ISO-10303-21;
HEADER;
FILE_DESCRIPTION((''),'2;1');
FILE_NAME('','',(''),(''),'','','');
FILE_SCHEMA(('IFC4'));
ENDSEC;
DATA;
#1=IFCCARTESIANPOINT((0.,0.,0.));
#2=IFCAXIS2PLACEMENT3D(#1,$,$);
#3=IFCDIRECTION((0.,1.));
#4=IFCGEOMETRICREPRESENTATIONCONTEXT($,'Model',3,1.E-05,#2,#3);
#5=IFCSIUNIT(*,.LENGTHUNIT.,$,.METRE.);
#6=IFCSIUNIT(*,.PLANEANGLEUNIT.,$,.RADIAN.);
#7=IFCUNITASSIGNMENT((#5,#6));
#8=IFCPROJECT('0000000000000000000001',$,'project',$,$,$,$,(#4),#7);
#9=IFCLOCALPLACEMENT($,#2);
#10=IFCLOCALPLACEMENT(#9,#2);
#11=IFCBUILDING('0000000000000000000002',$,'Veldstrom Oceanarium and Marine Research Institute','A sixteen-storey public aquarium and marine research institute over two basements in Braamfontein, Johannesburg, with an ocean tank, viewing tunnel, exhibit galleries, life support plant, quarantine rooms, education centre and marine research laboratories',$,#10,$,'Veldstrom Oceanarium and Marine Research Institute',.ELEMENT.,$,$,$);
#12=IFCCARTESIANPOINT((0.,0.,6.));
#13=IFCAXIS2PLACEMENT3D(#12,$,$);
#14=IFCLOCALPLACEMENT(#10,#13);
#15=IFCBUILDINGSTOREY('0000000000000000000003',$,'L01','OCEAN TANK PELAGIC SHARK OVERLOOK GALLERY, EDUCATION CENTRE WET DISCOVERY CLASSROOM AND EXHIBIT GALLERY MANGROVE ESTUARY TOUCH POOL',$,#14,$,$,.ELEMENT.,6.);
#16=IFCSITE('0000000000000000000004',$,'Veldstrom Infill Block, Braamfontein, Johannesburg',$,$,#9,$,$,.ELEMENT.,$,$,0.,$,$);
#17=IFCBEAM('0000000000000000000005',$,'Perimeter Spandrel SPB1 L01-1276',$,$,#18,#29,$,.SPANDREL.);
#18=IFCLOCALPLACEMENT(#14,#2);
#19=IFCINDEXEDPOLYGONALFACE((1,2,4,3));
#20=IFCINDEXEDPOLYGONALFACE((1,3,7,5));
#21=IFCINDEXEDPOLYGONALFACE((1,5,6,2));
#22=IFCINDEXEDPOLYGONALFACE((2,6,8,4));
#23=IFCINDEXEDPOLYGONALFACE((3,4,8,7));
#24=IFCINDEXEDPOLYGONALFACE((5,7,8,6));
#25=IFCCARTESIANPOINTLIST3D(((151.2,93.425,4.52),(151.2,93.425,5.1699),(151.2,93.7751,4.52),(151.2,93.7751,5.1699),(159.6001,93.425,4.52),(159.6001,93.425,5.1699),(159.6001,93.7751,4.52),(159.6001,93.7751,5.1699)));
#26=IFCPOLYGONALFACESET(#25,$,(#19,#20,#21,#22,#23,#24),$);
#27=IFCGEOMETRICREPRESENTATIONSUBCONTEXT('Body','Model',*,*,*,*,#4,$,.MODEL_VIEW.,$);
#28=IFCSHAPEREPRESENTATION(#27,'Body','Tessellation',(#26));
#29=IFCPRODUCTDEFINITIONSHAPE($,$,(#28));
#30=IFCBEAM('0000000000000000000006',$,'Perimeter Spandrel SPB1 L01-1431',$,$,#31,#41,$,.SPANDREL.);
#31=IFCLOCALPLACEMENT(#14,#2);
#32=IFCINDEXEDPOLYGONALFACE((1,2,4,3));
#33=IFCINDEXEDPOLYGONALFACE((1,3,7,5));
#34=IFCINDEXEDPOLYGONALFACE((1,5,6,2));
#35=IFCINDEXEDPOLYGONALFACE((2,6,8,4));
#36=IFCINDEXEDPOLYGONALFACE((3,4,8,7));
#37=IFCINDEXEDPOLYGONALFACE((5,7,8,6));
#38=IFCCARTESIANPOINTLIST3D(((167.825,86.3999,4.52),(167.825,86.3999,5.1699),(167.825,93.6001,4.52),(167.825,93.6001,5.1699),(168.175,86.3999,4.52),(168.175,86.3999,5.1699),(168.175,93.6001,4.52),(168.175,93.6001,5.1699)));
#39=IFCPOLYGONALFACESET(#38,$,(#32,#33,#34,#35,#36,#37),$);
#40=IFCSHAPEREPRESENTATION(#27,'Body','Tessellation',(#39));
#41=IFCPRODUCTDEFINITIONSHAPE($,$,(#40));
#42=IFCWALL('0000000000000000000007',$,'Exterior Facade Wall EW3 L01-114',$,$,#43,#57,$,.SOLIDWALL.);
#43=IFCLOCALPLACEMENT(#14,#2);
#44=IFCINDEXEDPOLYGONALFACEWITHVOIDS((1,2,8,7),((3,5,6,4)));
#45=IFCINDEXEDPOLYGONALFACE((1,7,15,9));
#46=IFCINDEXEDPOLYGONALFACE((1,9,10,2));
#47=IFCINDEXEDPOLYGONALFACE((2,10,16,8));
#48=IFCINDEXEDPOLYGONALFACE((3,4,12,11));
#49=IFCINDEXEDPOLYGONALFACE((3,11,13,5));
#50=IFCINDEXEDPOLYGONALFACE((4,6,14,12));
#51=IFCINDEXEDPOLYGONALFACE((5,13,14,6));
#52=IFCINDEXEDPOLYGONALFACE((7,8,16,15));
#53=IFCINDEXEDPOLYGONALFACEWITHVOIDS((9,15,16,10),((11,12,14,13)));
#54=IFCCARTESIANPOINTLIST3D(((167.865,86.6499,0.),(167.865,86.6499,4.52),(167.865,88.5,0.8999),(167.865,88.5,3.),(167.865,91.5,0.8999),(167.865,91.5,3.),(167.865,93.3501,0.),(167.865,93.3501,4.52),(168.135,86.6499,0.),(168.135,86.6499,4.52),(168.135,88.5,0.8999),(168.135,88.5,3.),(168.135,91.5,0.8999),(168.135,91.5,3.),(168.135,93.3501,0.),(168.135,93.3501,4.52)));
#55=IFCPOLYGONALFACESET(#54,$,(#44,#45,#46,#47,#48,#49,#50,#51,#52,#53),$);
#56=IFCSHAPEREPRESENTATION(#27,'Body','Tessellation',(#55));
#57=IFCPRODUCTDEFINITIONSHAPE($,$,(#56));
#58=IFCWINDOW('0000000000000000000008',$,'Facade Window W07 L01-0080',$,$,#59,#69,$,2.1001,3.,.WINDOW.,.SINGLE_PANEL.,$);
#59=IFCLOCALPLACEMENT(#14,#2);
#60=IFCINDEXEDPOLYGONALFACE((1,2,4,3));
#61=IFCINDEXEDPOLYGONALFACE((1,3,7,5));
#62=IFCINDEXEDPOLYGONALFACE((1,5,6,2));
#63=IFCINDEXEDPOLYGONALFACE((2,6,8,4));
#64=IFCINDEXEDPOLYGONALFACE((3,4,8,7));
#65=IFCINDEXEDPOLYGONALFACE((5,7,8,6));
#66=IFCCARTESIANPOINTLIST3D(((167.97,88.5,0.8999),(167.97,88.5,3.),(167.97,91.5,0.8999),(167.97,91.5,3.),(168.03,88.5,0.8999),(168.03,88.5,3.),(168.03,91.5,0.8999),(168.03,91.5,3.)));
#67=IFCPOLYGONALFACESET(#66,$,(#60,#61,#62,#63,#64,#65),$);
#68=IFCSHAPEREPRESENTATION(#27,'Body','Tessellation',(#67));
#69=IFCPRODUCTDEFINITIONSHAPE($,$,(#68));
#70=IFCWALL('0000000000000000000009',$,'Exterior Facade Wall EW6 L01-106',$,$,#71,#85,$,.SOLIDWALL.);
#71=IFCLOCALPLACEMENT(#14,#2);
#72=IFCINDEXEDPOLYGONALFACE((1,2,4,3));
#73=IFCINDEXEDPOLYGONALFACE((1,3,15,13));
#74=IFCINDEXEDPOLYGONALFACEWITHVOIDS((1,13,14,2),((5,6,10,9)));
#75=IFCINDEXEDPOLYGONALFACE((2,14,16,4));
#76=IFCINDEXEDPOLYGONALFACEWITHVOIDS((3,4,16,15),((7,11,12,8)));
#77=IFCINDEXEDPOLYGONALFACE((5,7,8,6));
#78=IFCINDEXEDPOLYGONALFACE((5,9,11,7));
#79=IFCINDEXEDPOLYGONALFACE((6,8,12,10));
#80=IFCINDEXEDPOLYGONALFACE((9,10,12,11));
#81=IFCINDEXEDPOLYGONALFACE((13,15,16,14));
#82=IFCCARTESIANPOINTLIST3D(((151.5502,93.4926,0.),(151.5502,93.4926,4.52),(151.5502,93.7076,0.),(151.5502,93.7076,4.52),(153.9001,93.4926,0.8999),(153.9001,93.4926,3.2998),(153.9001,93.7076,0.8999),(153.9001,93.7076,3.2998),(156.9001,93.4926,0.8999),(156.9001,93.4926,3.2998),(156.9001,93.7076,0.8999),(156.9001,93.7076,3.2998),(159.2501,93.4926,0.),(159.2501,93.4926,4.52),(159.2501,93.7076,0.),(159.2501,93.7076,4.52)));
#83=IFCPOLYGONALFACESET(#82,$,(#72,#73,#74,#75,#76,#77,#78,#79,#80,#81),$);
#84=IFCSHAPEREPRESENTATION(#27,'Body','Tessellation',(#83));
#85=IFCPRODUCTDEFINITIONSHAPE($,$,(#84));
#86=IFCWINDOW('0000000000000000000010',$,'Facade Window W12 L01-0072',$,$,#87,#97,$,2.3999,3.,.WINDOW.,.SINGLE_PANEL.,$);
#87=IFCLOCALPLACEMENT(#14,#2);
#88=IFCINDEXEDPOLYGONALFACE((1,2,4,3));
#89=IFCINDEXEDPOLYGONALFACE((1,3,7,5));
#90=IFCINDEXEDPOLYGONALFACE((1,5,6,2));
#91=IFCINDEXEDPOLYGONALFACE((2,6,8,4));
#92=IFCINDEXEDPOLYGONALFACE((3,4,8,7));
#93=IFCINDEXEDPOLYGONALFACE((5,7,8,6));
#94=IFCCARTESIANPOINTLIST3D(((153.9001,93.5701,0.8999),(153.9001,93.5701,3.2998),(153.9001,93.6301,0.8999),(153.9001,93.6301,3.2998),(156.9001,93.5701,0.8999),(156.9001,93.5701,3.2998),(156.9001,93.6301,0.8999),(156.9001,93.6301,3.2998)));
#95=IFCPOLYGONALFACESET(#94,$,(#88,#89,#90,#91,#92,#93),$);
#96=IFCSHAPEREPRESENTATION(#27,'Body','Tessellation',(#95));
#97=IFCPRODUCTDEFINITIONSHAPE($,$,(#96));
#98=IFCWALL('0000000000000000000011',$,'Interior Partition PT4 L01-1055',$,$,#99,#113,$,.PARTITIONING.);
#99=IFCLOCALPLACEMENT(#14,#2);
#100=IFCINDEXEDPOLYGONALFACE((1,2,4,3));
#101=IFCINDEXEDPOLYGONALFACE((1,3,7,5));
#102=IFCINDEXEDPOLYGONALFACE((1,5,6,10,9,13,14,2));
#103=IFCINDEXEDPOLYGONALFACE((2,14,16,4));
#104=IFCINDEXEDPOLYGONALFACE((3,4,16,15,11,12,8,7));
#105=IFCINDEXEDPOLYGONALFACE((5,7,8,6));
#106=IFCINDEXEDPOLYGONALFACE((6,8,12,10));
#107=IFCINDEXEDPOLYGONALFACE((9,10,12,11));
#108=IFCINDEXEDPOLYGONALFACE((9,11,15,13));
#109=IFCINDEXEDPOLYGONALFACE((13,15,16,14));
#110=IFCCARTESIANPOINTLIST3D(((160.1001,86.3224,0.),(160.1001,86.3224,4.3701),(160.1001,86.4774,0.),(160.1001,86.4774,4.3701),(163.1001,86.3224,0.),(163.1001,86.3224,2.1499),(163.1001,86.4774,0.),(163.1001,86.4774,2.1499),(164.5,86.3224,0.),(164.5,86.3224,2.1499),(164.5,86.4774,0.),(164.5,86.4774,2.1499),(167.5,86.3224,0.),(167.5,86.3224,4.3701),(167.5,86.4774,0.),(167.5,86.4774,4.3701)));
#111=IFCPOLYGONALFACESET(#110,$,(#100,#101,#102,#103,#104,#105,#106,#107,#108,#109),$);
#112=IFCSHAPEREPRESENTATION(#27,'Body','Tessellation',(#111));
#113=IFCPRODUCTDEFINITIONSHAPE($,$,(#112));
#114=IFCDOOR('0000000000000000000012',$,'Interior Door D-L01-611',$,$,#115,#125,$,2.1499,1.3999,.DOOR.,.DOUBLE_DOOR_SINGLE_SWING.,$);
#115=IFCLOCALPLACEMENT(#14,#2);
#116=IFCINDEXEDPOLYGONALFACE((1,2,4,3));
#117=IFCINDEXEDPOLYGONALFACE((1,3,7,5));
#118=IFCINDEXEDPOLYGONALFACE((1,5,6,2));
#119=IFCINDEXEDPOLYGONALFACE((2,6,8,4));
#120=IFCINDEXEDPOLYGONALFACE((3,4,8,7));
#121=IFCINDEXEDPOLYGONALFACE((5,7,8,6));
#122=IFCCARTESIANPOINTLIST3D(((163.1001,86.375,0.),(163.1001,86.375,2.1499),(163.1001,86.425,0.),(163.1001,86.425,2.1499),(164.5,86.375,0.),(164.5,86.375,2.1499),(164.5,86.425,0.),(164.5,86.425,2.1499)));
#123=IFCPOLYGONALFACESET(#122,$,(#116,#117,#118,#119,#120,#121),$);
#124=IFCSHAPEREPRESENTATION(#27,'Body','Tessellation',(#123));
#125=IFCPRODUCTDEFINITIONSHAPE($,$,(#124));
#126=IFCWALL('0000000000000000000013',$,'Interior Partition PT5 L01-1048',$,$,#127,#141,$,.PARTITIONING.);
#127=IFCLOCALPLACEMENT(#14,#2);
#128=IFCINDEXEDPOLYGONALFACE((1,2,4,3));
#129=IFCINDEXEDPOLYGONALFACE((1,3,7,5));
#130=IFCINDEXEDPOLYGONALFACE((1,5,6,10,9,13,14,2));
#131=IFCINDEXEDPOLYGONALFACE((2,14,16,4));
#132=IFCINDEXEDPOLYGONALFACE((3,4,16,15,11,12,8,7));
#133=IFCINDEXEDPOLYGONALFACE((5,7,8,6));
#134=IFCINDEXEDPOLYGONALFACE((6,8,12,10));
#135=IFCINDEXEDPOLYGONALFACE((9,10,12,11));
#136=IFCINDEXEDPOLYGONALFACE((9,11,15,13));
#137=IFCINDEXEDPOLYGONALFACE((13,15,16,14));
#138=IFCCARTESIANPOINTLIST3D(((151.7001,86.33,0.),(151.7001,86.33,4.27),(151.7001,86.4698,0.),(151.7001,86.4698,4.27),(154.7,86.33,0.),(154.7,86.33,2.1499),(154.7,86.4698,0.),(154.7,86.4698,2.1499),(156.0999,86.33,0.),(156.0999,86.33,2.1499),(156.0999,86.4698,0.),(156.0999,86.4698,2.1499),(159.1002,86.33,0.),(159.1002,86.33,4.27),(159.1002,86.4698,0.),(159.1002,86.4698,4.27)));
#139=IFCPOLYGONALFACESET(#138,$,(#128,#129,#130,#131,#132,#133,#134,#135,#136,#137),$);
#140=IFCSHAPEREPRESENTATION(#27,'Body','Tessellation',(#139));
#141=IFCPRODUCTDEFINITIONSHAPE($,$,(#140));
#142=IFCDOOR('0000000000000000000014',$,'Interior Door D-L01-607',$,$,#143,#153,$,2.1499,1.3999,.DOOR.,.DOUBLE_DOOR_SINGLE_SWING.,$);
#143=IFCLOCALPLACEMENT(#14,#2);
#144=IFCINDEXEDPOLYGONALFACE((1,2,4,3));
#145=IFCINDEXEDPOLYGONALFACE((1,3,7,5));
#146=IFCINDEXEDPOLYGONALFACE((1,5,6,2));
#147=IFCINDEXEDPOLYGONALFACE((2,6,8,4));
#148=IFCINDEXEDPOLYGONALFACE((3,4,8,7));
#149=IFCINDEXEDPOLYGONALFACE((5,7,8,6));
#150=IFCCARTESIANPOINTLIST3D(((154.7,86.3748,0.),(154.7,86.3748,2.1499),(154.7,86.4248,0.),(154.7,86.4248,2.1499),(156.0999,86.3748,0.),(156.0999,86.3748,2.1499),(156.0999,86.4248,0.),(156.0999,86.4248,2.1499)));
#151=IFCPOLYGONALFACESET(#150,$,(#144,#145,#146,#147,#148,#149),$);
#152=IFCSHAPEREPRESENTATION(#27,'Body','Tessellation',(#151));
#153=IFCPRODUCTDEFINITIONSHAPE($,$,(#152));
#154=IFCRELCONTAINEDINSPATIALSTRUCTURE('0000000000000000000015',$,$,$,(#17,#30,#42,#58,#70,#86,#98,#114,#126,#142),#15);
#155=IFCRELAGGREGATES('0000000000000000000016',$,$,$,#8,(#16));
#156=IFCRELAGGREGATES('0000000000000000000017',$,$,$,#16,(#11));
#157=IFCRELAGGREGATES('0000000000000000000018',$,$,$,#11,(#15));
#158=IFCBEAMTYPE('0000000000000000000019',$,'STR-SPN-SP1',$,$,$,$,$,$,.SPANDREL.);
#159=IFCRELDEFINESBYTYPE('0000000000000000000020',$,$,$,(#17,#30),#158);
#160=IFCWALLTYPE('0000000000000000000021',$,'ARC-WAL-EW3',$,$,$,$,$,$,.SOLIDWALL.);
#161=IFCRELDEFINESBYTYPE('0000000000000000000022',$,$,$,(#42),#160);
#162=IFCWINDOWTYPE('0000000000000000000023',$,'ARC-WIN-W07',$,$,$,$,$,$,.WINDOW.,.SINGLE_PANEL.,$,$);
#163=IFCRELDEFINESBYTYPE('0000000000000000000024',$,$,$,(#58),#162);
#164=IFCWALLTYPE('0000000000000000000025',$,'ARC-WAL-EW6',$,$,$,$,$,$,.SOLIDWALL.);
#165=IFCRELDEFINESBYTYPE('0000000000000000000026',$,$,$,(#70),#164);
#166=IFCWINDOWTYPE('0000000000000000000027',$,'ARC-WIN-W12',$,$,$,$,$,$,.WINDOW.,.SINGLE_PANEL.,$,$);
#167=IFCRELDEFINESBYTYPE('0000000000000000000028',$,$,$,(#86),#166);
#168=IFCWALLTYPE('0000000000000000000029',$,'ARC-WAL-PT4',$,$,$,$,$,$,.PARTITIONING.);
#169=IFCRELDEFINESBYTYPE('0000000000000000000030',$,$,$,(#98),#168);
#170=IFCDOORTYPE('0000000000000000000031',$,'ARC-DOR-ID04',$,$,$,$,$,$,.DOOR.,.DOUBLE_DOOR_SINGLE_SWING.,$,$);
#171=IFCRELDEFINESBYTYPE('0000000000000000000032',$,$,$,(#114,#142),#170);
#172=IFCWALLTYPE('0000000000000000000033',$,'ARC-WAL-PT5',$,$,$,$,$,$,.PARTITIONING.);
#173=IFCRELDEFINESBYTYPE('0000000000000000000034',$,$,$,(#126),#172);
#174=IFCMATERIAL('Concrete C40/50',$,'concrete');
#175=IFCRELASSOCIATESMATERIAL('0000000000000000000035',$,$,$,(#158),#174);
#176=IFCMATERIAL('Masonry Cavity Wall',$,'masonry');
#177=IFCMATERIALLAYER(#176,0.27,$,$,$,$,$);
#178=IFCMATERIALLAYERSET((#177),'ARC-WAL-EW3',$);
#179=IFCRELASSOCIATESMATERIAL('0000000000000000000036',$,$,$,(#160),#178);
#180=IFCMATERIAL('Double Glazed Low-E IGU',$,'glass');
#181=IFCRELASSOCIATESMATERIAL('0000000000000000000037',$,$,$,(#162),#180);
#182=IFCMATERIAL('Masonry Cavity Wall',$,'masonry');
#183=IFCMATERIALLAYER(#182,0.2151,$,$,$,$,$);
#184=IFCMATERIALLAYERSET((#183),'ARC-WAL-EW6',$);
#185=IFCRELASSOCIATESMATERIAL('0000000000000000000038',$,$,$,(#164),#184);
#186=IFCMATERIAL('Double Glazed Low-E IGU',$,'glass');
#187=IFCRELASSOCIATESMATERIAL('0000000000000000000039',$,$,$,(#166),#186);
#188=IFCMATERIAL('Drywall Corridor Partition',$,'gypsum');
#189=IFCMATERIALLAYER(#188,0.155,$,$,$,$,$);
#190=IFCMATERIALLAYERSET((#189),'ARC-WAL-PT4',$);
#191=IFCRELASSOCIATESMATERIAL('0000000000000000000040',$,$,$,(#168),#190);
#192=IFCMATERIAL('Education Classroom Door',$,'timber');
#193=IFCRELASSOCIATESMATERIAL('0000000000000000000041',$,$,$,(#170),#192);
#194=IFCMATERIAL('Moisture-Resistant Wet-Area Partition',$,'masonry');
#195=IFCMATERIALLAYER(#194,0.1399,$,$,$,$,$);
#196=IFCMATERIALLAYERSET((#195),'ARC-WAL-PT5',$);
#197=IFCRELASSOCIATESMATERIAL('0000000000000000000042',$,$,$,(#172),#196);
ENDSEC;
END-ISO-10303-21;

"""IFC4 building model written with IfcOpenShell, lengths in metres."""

from ifc_helpers import new_model, si_unit, direction, frame, frame_2d, origin, origin_2d, place, context, subcontext, project, spatial, rectangle, extrude, material, layer, layer_set, material_profile, profile_set, type_object, element, fill, save


model = new_model("IFC4")

# Units and contexts
model_context = context("Model", 3, precision=1e-05, world=origin(), true_north=direction((0.0, 1.0)))
body_context = subcontext(model_context, "Body", "Model", "MODEL_VIEW")
ifc_project = project(units=[si_unit("LENGTHUNIT", "METRE"), si_unit("PLANEANGLEUNIT", "RADIAN")], contexts=[model_context])

# Site, building, storey
site_placement = place(None, origin())
site = spatial("IfcSite", under=ifc_project, at=site_placement, Name="Veldstrom Infill Block, Braamfontein, Johannesburg", CompositionType="ELEMENT", RefElevation=0.0)
building_placement = place(site_placement, origin())
building = spatial("IfcBuilding", under=site, at=building_placement, Name="Veldstrom Oceanarium and Marine Research Institute", Description="A sixteen-storey public aquarium and marine research institute over two basements in Braamfontein, Johannesburg, with an ocean tank, viewing tunnel, exhibit galleries, life support plant, quarantine rooms, education centre and marine research laboratories", LongName="Veldstrom Oceanarium and Marine Research Institute", CompositionType="ELEMENT")
storey_placement = place(building_placement, frame((0.0, 0.0, 6.0)))
storey = spatial("IfcBuildingStorey", under=building, at=storey_placement, Name="L01", Description="OCEAN TANK PELAGIC SHARK OVERLOOK GALLERY, EDUCATION CENTRE WET DISCOVERY CLASSROOM AND EXHIBIT GALLERY MANGROVE ESTUARY TOUCH POOL", CompositionType="ELEMENT", Elevation=6.0)

# Beams
ifc_material_1 = material(Name="Concrete C40/50", Category="concrete")
ifc_material_profile_1 = material_profile(ifc_material_1, rectangle(XDim=0.3501, YDim=0.6499, at=origin_2d()), Name="RC-SPN-350x650")
ifc_profile_set_1 = profile_set([ifc_material_profile_1], Name="Concrete C40/50")
beam_type_1 = type_object("IfcBeamType", Name="STR-SPN-SP1", PredefinedType="SPANDREL", material=ifc_profile_set_1)
beam_1_placement = place(storey_placement, frame((151.2, 93.6001, 4.845), z_axis=(1.0, 0.0, 0.0), x_axis=(0.0, 1.0, 0.0)))
element("IfcBeam", 1, at=beam_1_placement, inside=storey, type_object=beam_type_1, Name="Perimeter Spandrel SPB1 L01-1276", PredefinedType="SPANDREL", context=body_context, shape_type="SweptSolid", body=[
    extrude(rectangle(XDim=0.3501, YDim=0.6499, at=origin_2d()), origin(), (0.0, 0.0, 1.0), 8.4001),
])
beam_2_placement = place(storey_placement, frame((168.0, 86.3999, 4.845), z_axis=(0.0, 1.0, 0.0), x_axis=(-1.0, 0.0, 0.0)))
element("IfcBeam", 2, at=beam_2_placement, inside=storey, type_object=beam_type_1, Name="Perimeter Spandrel SPB1 L01-1431", PredefinedType="SPANDREL", context=body_context, shape_type="SweptSolid", body=[
    extrude(rectangle(XDim=0.3501, YDim=0.6499, at=origin_2d()), origin(), (0.0, 0.0, 1.0), 7.2002),
])

# Walls, openings, windows
ifc_material_2 = material(Name="Masonry Cavity Wall", Category="masonry")
ifc_layer_1 = layer(ifc_material_2, 0.27)
ifc_layer_set_1 = layer_set([ifc_layer_1], Name="ARC-WAL-EW3")
wall_type_1 = type_object("IfcWallType", Name="ARC-WAL-EW3", PredefinedType="SOLIDWALL", material=ifc_layer_set_1)
wall_1_placement = place(storey_placement, frame((168.0, 86.6499, 0.0), z_axis=(0.0, 0.0, 1.0), x_axis=(0.0, 1.0, 0.0)))
wall_1 = element("IfcWall", 3, at=wall_1_placement, inside=storey, type_object=wall_type_1, Name="Exterior Facade Wall EW3 L01-114", PredefinedType="SOLIDWALL", context=body_context, shape_type="SweptSolid", body=[
    extrude(rectangle(XDim=6.7002, YDim=0.27, at=frame_2d((3.3501, 0.0))), origin(), (0.0, 0.0, 1.0), 4.52),
])
opening_1_placement = place(wall_1_placement, frame((1.8501, 0.0, 0.8999)))
opening_1 = element("IfcOpeningElement", 4, at=opening_1_placement, cuts=wall_1, PredefinedType="OPENING", context=body_context, shape_type="SweptSolid", body=[
    extrude(rectangle(XDim=3.0, YDim=2.1001, at=frame_2d((1.5, 1.05))), frame((0.0, 0.145, 0.0), z_axis=(0.0, -1.0, 0.0), x_axis=(1.0, 0.0, 0.0)), (0.0, 0.0, 1.0), 0.29),
])
ifc_material_3 = material(Name="Double Glazed Low-E IGU", Category="glass")
window_type_1 = type_object("IfcWindowType", Name="ARC-WIN-W07", PartitioningType="SINGLE_PANEL", PredefinedType="WINDOW", material=ifc_material_3)
window_1_placement = place(opening_1_placement, origin())
window_1 = element("IfcWindow", 5, at=window_1_placement, inside=storey, type_object=window_type_1, Name="Facade Window W07 L01-0080", OverallHeight=2.1001, OverallWidth=3.0, PartitioningType="SINGLE_PANEL", PredefinedType="WINDOW", context=body_context, shape_type="SweptSolid", body=[
    extrude(rectangle(XDim=3.0, YDim=2.1001, at=frame_2d((1.5, 1.05))), frame((0.0, 0.03, 0.0), z_axis=(0.0, -1.0, 0.0), x_axis=(1.0, 0.0, 0.0)), (0.0, 0.0, 1.0), 0.0601),
])
fill(opening_1, window_1)
ifc_material_4 = material(Name="Masonry Cavity Wall", Category="masonry")
ifc_layer_2 = layer(ifc_material_4, 0.2151)
ifc_layer_set_2 = layer_set([ifc_layer_2], Name="ARC-WAL-EW6")
wall_type_2 = type_object("IfcWallType", Name="ARC-WAL-EW6", PredefinedType="SOLIDWALL", material=ifc_layer_set_2)
wall_2_placement = place(storey_placement, frame((151.55, 93.6001, 0.0), z_axis=(0.0, 0.0, 1.0), x_axis=(1.0, 0.0, 0.0)))
wall_2 = element("IfcWall", 6, at=wall_2_placement, inside=storey, type_object=wall_type_2, Name="Exterior Facade Wall EW6 L01-106", PredefinedType="SOLIDWALL", context=body_context, shape_type="SweptSolid", body=[
    extrude(rectangle(XDim=7.7, YDim=0.2151, at=frame_2d((3.8501, 0.0))), origin(), (0.0, 0.0, 1.0), 4.52),
])
opening_2_placement = place(wall_2_placement, frame((2.3501, 0.0, 0.8999)))
opening_2 = element("IfcOpeningElement", 7, at=opening_2_placement, cuts=wall_2, PredefinedType="OPENING", context=body_context, shape_type="SweptSolid", body=[
    extrude(rectangle(XDim=3.0, YDim=2.3999, at=frame_2d((1.5, 1.2))), frame((0.0, 0.1174, 0.0), z_axis=(0.0, -1.0, 0.0), x_axis=(1.0, 0.0, 0.0)), (0.0, 0.0, 1.0), 0.2351),
])
ifc_material_5 = material(Name="Double Glazed Low-E IGU", Category="glass")
window_type_2 = type_object("IfcWindowType", Name="ARC-WIN-W12", PartitioningType="SINGLE_PANEL", PredefinedType="WINDOW", material=ifc_material_5)
window_2_placement = place(opening_2_placement, origin())
window_2 = element("IfcWindow", 8, at=window_2_placement, inside=storey, type_object=window_type_2, Name="Facade Window W12 L01-0072", OverallHeight=2.3999, OverallWidth=3.0, PartitioningType="SINGLE_PANEL", PredefinedType="WINDOW", context=body_context, shape_type="SweptSolid", body=[
    extrude(rectangle(XDim=3.0, YDim=2.3999, at=frame_2d((1.5, 1.2))), frame((0.0, 0.03, 0.0), z_axis=(0.0, -1.0, 0.0), x_axis=(1.0, 0.0, 0.0)), (0.0, 0.0, 1.0), 0.0601),
])
fill(opening_2, window_2)

# Walls, openings, doors
ifc_material_6 = material(Name="Drywall Corridor Partition", Category="gypsum")
ifc_layer_3 = layer(ifc_material_6, 0.155)
ifc_layer_set_3 = layer_set([ifc_layer_3], Name="ARC-WAL-PT4")
wall_type_3 = type_object("IfcWallType", Name="ARC-WAL-PT4", PredefinedType="PARTITIONING", material=ifc_layer_set_3)
wall_3_placement = place(storey_placement, frame((160.1001, 86.3999, 0.0), z_axis=(0.0, 0.0, 1.0), x_axis=(1.0, 0.0, 0.0)))
wall_3 = element("IfcWall", 9, at=wall_3_placement, inside=storey, type_object=wall_type_3, Name="Interior Partition PT4 L01-1055", PredefinedType="PARTITIONING", context=body_context, shape_type="SweptSolid", body=[
    extrude(rectangle(XDim=7.3999, YDim=0.155, at=frame_2d((3.7, 0.0))), origin(), (0.0, 0.0, 1.0), 4.3701),
])
opening_3_placement = place(wall_3_placement, frame((3.0, 0.0, 0.0)))
opening_3 = element("IfcOpeningElement", 10, at=opening_3_placement, cuts=wall_3, PredefinedType="OPENING", context=body_context, shape_type="SweptSolid", body=[
    extrude(rectangle(XDim=1.3999, YDim=2.1499, at=frame_2d((0.7, 1.075))), frame((0.0, 0.0874, 0.0), z_axis=(0.0, -1.0, 0.0), x_axis=(1.0, 0.0, 0.0)), (0.0, 0.0, 1.0), 0.175),
])
ifc_material_7 = material(Name="Education Classroom Door", Category="timber")
door_type = type_object("IfcDoorType", Name="ARC-DOR-ID04", OperationType="DOUBLE_DOOR_SINGLE_SWING", PredefinedType="DOOR", material=ifc_material_7)
door_1_placement = place(opening_3_placement, frame((1.3999, 0.0, 0.0), z_axis=(0.0, 0.0, 1.0), x_axis=(-1.0, 0.0, 0.0)))
door_1 = element("IfcDoor", 11, at=door_1_placement, inside=storey, type_object=door_type, Name="Interior Door D-L01-611", OperationType="DOUBLE_DOOR_SINGLE_SWING", OverallHeight=2.1499, OverallWidth=1.3999, PredefinedType="DOOR", context=body_context, shape_type="SweptSolid", body=[
    extrude(rectangle(XDim=1.3999, YDim=2.1499, at=frame_2d((0.7, 1.075))), frame((0.0, 0.0249, 0.0), z_axis=(0.0, -1.0, 0.0), x_axis=(1.0, 0.0, 0.0)), (0.0, 0.0, 1.0), 0.05),
])
fill(opening_3, door_1)
ifc_material_8 = material(Name="Moisture-Resistant Wet-Area Partition", Category="masonry")
ifc_layer_4 = layer(ifc_material_8, 0.1399)
ifc_layer_set_4 = layer_set([ifc_layer_4], Name="ARC-WAL-PT5")
wall_type_4 = type_object("IfcWallType", Name="ARC-WAL-PT5", PredefinedType="PARTITIONING", material=ifc_layer_set_4)
wall_4_placement = place(storey_placement, frame((151.7, 86.3999, 0.0), z_axis=(0.0, 0.0, 1.0), x_axis=(1.0, 0.0, 0.0)))
wall_4 = element("IfcWall", 12, at=wall_4_placement, inside=storey, type_object=wall_type_4, Name="Interior Partition PT5 L01-1048", PredefinedType="PARTITIONING", context=body_context, shape_type="SweptSolid", body=[
    extrude(rectangle(XDim=7.4001, YDim=0.1399, at=frame_2d((3.7002, 0.0))), origin(), (0.0, 0.0, 1.0), 4.27),
])
opening_4_placement = place(wall_4_placement, frame((3.0, 0.0, 0.0)))
opening_4 = element("IfcOpeningElement", 13, at=opening_4_placement, cuts=wall_4, PredefinedType="OPENING", context=body_context, shape_type="SweptSolid", body=[
    extrude(rectangle(XDim=1.3999, YDim=2.1499, at=frame_2d((0.7, 1.075))), frame((0.0, 0.0798, 0.0), z_axis=(0.0, -1.0, 0.0), x_axis=(1.0, 0.0, 0.0)), (0.0, 0.0, 1.0), 0.1599),
])
door_2_placement = place(opening_4_placement, origin())
door_2 = element("IfcDoor", 14, at=door_2_placement, inside=storey, type_object=door_type, Name="Interior Door D-L01-607", OperationType="DOUBLE_DOOR_SINGLE_SWING", OverallHeight=2.1499, OverallWidth=1.3999, PredefinedType="DOOR", context=body_context, shape_type="SweptSolid", body=[
    extrude(rectangle(XDim=1.3999, YDim=2.1499, at=frame_2d((0.7, 1.075))), frame((0.0, 0.0249, 0.0), z_axis=(0.0, -1.0, 0.0), x_axis=(1.0, 0.0, 0.0)), (0.0, 0.0, 1.0), 0.05),
])
fill(opening_4, door_2)

save(model, "model.ifc")
